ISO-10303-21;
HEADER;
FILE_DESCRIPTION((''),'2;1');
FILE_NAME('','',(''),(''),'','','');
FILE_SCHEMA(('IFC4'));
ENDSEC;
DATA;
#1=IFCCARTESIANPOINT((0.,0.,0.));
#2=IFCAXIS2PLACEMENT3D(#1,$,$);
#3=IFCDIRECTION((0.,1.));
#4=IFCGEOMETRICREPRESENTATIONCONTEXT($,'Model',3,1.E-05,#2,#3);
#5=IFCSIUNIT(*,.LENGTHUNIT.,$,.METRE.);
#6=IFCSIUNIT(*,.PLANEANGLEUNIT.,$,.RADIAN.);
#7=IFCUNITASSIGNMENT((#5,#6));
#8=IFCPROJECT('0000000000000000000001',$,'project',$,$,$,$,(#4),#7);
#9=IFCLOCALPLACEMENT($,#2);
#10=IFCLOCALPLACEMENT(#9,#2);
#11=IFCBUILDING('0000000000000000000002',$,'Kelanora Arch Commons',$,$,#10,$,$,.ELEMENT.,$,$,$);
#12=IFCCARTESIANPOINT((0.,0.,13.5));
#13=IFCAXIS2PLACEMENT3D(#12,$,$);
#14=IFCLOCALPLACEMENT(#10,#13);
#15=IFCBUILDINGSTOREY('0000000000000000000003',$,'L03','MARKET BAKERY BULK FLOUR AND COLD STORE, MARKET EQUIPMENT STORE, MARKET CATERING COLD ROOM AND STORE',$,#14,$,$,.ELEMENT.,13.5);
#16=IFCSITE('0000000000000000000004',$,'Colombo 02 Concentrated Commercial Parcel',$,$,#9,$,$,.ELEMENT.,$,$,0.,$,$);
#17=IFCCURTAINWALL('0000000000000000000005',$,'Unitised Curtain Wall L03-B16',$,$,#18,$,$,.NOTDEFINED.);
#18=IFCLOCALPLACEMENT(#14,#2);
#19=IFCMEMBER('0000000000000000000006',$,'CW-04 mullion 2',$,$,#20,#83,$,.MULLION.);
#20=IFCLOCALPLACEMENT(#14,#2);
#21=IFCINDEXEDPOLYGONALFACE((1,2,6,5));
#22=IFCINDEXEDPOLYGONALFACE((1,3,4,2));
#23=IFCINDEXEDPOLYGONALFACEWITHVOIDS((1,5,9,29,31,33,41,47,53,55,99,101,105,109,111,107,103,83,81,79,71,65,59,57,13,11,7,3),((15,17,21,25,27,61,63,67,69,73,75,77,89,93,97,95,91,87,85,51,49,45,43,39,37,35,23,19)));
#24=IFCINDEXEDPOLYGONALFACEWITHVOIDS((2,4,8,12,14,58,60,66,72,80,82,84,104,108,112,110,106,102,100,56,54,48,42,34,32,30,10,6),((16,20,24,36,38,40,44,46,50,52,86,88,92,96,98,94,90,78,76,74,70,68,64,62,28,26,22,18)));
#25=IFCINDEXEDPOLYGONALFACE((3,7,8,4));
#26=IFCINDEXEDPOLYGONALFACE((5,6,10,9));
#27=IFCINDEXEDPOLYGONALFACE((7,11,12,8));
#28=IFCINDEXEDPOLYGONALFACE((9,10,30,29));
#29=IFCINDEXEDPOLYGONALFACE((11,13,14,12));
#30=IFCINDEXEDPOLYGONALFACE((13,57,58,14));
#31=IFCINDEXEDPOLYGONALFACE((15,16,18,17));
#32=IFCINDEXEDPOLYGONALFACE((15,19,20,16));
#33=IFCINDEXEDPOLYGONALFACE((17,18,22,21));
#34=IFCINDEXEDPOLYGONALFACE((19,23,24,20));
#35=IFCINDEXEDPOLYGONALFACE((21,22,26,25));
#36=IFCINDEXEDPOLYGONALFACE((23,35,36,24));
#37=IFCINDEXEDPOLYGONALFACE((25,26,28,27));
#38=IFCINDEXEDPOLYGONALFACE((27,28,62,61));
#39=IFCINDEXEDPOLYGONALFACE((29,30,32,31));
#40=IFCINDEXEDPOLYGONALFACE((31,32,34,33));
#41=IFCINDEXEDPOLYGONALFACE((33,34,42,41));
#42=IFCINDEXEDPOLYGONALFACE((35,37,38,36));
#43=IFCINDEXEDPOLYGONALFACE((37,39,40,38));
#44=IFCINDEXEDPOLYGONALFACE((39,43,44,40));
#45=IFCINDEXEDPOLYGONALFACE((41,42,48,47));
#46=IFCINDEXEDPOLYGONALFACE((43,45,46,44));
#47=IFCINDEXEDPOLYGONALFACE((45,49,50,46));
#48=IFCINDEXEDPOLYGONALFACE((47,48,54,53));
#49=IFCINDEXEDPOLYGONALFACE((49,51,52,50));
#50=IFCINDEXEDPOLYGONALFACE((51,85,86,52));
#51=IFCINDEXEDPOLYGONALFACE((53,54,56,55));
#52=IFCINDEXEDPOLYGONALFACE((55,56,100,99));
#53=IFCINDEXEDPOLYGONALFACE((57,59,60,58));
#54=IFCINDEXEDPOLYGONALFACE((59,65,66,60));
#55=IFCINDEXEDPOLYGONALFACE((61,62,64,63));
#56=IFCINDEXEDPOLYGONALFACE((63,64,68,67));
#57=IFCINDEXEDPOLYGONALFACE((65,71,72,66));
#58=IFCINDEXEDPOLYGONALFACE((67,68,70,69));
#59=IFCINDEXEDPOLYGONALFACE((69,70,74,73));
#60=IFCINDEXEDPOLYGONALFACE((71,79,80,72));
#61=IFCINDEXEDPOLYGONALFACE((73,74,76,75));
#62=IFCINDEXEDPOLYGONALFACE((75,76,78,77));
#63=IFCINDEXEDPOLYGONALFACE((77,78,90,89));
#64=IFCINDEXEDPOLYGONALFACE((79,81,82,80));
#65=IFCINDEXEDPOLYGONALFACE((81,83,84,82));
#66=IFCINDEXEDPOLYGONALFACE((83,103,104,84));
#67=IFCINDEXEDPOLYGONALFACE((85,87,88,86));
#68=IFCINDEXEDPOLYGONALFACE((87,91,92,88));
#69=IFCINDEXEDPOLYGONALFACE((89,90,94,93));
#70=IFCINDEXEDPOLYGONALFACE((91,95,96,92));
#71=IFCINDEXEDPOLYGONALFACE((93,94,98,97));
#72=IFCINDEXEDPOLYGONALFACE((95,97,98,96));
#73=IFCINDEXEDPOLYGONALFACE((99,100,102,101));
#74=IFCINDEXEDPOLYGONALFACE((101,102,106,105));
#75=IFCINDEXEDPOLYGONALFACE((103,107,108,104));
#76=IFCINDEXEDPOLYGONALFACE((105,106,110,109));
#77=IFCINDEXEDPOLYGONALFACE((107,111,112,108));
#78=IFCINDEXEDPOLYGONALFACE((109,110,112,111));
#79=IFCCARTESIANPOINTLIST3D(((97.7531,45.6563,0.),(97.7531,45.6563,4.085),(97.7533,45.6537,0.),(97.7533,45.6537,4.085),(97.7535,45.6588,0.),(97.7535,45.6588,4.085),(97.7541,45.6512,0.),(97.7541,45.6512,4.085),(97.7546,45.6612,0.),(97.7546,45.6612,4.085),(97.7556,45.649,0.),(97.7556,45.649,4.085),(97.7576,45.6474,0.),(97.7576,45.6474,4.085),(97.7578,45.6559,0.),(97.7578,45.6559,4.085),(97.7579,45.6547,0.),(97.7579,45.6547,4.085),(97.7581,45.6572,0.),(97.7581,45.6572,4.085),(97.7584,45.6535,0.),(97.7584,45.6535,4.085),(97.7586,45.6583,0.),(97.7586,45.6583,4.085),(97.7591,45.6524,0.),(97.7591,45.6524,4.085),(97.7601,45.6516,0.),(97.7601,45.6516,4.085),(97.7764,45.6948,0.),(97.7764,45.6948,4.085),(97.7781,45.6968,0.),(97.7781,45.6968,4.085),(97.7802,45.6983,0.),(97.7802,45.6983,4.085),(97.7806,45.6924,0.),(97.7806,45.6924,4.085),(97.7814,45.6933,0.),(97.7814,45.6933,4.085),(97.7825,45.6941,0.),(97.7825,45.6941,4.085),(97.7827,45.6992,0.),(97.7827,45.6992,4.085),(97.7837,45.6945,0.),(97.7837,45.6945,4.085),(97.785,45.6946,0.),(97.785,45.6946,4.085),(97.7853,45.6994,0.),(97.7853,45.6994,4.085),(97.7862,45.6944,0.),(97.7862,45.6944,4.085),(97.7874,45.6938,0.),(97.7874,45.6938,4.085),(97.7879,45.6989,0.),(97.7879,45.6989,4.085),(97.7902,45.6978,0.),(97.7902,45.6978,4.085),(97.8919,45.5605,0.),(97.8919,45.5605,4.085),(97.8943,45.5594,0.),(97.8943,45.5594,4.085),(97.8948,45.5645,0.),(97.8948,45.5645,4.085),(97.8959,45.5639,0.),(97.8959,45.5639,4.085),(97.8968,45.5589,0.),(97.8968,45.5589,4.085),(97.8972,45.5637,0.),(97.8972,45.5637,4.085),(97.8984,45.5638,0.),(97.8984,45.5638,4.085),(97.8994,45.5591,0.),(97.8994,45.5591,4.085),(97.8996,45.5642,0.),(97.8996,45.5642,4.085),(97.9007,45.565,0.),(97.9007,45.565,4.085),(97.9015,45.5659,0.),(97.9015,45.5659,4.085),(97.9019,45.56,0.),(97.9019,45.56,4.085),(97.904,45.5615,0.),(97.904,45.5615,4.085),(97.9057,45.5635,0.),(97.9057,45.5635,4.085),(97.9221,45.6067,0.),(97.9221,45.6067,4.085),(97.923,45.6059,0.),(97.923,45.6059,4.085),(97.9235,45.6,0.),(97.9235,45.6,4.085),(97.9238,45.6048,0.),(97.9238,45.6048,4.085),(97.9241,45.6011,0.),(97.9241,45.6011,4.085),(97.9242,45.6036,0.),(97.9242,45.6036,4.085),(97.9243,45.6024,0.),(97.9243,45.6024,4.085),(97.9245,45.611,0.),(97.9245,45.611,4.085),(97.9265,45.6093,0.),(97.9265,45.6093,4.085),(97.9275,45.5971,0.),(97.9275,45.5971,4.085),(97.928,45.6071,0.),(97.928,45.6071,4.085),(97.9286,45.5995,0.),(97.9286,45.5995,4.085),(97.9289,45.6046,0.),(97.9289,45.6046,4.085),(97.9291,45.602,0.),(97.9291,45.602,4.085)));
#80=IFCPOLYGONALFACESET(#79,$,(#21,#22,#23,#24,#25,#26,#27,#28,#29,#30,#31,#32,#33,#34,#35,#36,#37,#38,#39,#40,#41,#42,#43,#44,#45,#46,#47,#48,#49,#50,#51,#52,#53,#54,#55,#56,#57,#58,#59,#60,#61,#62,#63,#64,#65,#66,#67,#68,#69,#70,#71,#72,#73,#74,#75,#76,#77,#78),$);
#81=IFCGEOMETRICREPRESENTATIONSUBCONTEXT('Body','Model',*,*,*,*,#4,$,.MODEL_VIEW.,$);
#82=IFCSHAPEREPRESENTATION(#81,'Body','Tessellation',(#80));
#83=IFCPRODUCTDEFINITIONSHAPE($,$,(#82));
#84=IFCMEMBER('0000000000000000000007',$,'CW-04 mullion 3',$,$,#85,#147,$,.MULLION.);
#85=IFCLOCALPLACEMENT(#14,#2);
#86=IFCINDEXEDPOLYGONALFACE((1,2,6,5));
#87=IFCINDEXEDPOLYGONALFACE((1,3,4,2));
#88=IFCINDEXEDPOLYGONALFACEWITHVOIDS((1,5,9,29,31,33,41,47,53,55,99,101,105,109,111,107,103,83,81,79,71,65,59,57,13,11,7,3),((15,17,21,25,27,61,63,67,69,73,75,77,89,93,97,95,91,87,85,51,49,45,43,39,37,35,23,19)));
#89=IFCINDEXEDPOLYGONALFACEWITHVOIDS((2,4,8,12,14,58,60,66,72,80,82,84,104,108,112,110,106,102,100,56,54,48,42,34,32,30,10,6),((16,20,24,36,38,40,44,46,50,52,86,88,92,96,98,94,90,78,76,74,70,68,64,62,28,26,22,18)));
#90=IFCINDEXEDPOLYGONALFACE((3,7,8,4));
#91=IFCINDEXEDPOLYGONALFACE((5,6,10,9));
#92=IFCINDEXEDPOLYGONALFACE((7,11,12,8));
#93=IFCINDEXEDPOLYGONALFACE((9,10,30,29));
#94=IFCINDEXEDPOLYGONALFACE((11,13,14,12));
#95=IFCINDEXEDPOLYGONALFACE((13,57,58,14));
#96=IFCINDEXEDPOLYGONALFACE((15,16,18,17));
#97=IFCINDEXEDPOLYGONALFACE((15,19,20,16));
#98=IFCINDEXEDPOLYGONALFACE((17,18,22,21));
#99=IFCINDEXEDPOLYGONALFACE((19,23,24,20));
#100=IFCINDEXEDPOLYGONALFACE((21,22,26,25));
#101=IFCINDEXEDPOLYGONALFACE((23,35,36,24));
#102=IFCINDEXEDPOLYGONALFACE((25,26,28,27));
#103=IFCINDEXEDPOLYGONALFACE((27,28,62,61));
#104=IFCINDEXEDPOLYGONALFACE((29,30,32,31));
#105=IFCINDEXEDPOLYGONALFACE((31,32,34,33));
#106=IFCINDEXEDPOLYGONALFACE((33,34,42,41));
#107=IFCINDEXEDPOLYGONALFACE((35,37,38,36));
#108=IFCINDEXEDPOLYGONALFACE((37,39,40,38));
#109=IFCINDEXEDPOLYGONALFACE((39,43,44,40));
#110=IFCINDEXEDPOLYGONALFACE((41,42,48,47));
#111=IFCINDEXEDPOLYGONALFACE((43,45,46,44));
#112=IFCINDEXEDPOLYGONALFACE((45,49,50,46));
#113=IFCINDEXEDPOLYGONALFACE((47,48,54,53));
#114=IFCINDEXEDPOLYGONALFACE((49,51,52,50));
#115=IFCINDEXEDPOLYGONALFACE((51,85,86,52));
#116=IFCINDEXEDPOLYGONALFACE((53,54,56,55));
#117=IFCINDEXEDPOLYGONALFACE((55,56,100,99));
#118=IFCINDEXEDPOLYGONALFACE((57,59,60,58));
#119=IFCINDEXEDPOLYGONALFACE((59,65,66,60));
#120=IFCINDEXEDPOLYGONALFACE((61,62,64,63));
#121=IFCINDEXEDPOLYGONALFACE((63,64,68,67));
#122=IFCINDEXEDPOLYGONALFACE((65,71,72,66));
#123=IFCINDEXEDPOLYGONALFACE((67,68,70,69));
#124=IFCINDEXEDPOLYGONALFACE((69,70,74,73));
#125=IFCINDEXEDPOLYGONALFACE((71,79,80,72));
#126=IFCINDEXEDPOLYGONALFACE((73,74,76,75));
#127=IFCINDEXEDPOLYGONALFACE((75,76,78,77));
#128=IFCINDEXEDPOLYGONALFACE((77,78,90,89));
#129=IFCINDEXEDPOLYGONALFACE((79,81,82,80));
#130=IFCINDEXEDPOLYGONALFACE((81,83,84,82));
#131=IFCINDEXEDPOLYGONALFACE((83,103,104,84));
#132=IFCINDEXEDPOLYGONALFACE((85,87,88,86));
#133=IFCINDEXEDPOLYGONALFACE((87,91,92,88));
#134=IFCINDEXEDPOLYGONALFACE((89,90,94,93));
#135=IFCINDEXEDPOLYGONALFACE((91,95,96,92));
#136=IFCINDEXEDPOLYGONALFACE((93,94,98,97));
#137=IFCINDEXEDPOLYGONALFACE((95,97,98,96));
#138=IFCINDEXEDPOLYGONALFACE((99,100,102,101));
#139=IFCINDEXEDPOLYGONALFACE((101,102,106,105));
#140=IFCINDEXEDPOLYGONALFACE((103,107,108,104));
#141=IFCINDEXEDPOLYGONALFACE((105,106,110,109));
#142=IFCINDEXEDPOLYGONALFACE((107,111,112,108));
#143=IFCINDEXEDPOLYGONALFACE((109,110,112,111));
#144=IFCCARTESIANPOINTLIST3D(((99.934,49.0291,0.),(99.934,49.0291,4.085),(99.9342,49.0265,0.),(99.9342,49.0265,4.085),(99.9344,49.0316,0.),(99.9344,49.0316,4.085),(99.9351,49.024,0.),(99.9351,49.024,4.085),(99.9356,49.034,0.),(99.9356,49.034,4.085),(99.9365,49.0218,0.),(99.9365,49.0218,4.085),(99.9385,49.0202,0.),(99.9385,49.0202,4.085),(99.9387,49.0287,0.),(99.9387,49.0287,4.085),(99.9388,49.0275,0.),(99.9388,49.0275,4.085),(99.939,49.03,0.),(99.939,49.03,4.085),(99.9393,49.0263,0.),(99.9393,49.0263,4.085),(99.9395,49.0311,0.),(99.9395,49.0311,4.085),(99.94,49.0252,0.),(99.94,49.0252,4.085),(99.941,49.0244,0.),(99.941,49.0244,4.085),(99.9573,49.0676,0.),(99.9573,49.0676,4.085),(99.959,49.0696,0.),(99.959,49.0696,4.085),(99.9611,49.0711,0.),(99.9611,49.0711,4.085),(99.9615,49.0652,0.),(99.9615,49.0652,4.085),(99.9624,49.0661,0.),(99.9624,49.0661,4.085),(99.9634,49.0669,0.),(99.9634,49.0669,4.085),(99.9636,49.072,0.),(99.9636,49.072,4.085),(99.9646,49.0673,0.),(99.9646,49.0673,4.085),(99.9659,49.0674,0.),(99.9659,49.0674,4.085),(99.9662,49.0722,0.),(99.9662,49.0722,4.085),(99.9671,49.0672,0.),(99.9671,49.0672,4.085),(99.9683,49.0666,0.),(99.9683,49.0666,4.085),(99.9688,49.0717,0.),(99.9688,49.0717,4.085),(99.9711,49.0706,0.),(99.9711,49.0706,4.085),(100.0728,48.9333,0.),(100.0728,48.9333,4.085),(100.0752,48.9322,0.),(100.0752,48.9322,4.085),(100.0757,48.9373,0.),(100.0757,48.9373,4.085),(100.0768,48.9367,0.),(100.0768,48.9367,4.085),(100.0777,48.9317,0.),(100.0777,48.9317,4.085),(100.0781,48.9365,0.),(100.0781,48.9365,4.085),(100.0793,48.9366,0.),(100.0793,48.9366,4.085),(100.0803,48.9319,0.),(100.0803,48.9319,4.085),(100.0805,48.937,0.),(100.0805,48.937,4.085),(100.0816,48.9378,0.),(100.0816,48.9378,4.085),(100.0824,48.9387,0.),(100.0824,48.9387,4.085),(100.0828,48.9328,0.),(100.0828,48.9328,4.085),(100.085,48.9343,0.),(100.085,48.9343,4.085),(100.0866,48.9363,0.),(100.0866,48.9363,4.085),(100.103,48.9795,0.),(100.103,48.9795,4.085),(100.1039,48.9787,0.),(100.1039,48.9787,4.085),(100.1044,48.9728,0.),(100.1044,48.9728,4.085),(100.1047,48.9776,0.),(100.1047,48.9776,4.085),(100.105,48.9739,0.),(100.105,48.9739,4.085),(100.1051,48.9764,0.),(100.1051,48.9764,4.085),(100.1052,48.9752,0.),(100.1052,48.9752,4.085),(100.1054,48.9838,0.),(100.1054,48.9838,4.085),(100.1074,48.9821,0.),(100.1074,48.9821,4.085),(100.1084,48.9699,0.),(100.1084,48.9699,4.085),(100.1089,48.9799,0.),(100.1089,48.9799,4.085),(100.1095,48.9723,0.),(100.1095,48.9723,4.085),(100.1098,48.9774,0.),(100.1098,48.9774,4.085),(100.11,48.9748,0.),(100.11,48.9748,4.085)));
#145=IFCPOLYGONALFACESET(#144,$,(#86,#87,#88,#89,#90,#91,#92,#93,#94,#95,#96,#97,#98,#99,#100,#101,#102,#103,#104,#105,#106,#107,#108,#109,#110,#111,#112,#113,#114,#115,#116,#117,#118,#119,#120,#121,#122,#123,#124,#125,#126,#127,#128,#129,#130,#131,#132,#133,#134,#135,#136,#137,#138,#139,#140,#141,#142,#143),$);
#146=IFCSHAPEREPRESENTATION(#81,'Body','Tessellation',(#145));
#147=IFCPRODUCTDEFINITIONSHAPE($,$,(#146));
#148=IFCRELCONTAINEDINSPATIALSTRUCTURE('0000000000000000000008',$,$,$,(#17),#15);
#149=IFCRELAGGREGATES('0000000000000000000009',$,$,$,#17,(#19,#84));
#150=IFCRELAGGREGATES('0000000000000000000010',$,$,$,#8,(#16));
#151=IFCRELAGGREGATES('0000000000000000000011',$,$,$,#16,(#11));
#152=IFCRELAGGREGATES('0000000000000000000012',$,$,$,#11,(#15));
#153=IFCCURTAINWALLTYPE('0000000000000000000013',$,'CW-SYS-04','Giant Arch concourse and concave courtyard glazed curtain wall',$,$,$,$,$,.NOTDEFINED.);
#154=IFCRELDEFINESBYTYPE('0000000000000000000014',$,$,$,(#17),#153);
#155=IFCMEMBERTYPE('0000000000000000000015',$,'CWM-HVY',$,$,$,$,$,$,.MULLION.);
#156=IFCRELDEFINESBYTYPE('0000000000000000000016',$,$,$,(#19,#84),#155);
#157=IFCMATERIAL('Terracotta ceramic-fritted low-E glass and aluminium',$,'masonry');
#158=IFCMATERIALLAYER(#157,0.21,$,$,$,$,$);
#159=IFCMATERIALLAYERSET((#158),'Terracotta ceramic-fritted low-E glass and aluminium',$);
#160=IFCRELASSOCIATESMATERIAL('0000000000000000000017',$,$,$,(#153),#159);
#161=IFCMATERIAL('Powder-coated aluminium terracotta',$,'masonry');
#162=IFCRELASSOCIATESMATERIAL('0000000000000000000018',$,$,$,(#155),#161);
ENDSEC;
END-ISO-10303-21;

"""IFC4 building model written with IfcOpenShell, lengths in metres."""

from ifc_helpers import new_model, si_unit, direction, frame, origin, origin_2d, place, context, subcontext, project, spatial, hollow_rectangle, extrude, material, layer, layer_set, material_profile, profile_set, type_object, element, aggregate, save


model = new_model("IFC4")

# Units and contexts
model_context = context("Model", 3, precision=1e-05, world=origin(), true_north=direction((0.0, 1.0)))
body_context = subcontext(model_context, "Body", "Model", "MODEL_VIEW")
ifc_project = project(units=[si_unit("LENGTHUNIT", "METRE"), si_unit("PLANEANGLEUNIT", "RADIAN")], contexts=[model_context])

# Site, building, storey
site_placement = place(None, origin())
site = spatial("IfcSite", under=ifc_project, at=site_placement, Name="Colombo 02 Concentrated Commercial Parcel", CompositionType="ELEMENT", RefElevation=0.0)
building_placement = place(site_placement, origin())
building = spatial("IfcBuilding", under=site, at=building_placement, Name="Kelanora Arch Commons", CompositionType="ELEMENT")
storey_placement = place(building_placement, frame((0.0, 0.0, 13.5)))
storey = spatial("IfcBuildingStorey", under=building, at=storey_placement, Name="L03", Description="MARKET BAKERY BULK FLOUR AND COLD STORE, MARKET EQUIPMENT STORE, MARKET CATERING COLD ROOM AND STORE", CompositionType="ELEMENT", Elevation=13.5)

# Curtain wall, members
ifc_material_1 = material(Name="Terracotta ceramic-fritted low-E glass and aluminium", Category="masonry")
ifc_layer_1 = layer(ifc_material_1, 0.21)
ifc_layer_set_1 = layer_set([ifc_layer_1], Name="Terracotta ceramic-fritted low-E glass and aluminium")
curtain_wall_type = type_object("IfcCurtainWallType", Name="CW-SYS-04", Description="Giant Arch concourse and concave courtyard glazed curtain wall", PredefinedType="NOTDEFINED", material=ifc_layer_set_1)
curtain_wall_placement = place(storey_placement, origin())
curtain_wall = element("IfcCurtainWall", 1, at=curtain_wall_placement, inside=storey, type_object=curtain_wall_type, Name="Unitised Curtain Wall L03-B16", PredefinedType="NOTDEFINED")
ifc_material_2 = material(Name="Powder-coated aluminium terracotta", Category="masonry")
ifc_material_profile_1 = material_profile(ifc_material_2, hollow_rectangle(XDim=0.1799, YDim=0.0601, WallThickness=0.0049, InnerFilletRadius=0.0049, OuterFilletRadius=0.01, at=origin_2d()), Name="CWM180x60")
ifc_profile_set_1 = profile_set([ifc_material_profile_1], Name="Powder-coated aluminium terracotta")
member_type_1 = type_object("IfcMemberType", Name="CWM-HVY", PredefinedType="MULLION", material=ifc_profile_set_1)
member_1_placement = place(storey_placement, frame((97.8411, 45.6292, 0.0), z_axis=(0.0, 0.0, 1.0), x_axis=(-0.839729, 0.543006, 0.0)))
member_1 = element("IfcMember", 2, at=member_1_placement, type_object=member_type_1, Name="CW-04 mullion 2", PredefinedType="MULLION", context=body_context, shape_type="SweptSolid", body=[
    extrude(hollow_rectangle(XDim=0.1799, YDim=0.0601, WallThickness=0.0049, InnerFilletRadius=0.0049, OuterFilletRadius=0.01, at=origin_2d()), origin(), (0.0, 0.0, 1.0), 4.085),
])
member_2_placement = place(storey_placement, frame((100.022, 49.002, 0.0), z_axis=(0.0, 0.0, 1.0), x_axis=(-0.839729, 0.543006, 0.0)))
member_2 = element("IfcMember", 3, at=member_2_placement, type_object=member_type_1, Name="CW-04 mullion 3", PredefinedType="MULLION", context=body_context, shape_type="SweptSolid", body=[
    extrude(hollow_rectangle(XDim=0.1799, YDim=0.0601, WallThickness=0.0049, InnerFilletRadius=0.0049, OuterFilletRadius=0.01, at=origin_2d()), origin(), (0.0, 0.0, 1.0), 4.085),
])
aggregate(curtain_wall, [member_1, member_2])

save(model, "model.ifc")
